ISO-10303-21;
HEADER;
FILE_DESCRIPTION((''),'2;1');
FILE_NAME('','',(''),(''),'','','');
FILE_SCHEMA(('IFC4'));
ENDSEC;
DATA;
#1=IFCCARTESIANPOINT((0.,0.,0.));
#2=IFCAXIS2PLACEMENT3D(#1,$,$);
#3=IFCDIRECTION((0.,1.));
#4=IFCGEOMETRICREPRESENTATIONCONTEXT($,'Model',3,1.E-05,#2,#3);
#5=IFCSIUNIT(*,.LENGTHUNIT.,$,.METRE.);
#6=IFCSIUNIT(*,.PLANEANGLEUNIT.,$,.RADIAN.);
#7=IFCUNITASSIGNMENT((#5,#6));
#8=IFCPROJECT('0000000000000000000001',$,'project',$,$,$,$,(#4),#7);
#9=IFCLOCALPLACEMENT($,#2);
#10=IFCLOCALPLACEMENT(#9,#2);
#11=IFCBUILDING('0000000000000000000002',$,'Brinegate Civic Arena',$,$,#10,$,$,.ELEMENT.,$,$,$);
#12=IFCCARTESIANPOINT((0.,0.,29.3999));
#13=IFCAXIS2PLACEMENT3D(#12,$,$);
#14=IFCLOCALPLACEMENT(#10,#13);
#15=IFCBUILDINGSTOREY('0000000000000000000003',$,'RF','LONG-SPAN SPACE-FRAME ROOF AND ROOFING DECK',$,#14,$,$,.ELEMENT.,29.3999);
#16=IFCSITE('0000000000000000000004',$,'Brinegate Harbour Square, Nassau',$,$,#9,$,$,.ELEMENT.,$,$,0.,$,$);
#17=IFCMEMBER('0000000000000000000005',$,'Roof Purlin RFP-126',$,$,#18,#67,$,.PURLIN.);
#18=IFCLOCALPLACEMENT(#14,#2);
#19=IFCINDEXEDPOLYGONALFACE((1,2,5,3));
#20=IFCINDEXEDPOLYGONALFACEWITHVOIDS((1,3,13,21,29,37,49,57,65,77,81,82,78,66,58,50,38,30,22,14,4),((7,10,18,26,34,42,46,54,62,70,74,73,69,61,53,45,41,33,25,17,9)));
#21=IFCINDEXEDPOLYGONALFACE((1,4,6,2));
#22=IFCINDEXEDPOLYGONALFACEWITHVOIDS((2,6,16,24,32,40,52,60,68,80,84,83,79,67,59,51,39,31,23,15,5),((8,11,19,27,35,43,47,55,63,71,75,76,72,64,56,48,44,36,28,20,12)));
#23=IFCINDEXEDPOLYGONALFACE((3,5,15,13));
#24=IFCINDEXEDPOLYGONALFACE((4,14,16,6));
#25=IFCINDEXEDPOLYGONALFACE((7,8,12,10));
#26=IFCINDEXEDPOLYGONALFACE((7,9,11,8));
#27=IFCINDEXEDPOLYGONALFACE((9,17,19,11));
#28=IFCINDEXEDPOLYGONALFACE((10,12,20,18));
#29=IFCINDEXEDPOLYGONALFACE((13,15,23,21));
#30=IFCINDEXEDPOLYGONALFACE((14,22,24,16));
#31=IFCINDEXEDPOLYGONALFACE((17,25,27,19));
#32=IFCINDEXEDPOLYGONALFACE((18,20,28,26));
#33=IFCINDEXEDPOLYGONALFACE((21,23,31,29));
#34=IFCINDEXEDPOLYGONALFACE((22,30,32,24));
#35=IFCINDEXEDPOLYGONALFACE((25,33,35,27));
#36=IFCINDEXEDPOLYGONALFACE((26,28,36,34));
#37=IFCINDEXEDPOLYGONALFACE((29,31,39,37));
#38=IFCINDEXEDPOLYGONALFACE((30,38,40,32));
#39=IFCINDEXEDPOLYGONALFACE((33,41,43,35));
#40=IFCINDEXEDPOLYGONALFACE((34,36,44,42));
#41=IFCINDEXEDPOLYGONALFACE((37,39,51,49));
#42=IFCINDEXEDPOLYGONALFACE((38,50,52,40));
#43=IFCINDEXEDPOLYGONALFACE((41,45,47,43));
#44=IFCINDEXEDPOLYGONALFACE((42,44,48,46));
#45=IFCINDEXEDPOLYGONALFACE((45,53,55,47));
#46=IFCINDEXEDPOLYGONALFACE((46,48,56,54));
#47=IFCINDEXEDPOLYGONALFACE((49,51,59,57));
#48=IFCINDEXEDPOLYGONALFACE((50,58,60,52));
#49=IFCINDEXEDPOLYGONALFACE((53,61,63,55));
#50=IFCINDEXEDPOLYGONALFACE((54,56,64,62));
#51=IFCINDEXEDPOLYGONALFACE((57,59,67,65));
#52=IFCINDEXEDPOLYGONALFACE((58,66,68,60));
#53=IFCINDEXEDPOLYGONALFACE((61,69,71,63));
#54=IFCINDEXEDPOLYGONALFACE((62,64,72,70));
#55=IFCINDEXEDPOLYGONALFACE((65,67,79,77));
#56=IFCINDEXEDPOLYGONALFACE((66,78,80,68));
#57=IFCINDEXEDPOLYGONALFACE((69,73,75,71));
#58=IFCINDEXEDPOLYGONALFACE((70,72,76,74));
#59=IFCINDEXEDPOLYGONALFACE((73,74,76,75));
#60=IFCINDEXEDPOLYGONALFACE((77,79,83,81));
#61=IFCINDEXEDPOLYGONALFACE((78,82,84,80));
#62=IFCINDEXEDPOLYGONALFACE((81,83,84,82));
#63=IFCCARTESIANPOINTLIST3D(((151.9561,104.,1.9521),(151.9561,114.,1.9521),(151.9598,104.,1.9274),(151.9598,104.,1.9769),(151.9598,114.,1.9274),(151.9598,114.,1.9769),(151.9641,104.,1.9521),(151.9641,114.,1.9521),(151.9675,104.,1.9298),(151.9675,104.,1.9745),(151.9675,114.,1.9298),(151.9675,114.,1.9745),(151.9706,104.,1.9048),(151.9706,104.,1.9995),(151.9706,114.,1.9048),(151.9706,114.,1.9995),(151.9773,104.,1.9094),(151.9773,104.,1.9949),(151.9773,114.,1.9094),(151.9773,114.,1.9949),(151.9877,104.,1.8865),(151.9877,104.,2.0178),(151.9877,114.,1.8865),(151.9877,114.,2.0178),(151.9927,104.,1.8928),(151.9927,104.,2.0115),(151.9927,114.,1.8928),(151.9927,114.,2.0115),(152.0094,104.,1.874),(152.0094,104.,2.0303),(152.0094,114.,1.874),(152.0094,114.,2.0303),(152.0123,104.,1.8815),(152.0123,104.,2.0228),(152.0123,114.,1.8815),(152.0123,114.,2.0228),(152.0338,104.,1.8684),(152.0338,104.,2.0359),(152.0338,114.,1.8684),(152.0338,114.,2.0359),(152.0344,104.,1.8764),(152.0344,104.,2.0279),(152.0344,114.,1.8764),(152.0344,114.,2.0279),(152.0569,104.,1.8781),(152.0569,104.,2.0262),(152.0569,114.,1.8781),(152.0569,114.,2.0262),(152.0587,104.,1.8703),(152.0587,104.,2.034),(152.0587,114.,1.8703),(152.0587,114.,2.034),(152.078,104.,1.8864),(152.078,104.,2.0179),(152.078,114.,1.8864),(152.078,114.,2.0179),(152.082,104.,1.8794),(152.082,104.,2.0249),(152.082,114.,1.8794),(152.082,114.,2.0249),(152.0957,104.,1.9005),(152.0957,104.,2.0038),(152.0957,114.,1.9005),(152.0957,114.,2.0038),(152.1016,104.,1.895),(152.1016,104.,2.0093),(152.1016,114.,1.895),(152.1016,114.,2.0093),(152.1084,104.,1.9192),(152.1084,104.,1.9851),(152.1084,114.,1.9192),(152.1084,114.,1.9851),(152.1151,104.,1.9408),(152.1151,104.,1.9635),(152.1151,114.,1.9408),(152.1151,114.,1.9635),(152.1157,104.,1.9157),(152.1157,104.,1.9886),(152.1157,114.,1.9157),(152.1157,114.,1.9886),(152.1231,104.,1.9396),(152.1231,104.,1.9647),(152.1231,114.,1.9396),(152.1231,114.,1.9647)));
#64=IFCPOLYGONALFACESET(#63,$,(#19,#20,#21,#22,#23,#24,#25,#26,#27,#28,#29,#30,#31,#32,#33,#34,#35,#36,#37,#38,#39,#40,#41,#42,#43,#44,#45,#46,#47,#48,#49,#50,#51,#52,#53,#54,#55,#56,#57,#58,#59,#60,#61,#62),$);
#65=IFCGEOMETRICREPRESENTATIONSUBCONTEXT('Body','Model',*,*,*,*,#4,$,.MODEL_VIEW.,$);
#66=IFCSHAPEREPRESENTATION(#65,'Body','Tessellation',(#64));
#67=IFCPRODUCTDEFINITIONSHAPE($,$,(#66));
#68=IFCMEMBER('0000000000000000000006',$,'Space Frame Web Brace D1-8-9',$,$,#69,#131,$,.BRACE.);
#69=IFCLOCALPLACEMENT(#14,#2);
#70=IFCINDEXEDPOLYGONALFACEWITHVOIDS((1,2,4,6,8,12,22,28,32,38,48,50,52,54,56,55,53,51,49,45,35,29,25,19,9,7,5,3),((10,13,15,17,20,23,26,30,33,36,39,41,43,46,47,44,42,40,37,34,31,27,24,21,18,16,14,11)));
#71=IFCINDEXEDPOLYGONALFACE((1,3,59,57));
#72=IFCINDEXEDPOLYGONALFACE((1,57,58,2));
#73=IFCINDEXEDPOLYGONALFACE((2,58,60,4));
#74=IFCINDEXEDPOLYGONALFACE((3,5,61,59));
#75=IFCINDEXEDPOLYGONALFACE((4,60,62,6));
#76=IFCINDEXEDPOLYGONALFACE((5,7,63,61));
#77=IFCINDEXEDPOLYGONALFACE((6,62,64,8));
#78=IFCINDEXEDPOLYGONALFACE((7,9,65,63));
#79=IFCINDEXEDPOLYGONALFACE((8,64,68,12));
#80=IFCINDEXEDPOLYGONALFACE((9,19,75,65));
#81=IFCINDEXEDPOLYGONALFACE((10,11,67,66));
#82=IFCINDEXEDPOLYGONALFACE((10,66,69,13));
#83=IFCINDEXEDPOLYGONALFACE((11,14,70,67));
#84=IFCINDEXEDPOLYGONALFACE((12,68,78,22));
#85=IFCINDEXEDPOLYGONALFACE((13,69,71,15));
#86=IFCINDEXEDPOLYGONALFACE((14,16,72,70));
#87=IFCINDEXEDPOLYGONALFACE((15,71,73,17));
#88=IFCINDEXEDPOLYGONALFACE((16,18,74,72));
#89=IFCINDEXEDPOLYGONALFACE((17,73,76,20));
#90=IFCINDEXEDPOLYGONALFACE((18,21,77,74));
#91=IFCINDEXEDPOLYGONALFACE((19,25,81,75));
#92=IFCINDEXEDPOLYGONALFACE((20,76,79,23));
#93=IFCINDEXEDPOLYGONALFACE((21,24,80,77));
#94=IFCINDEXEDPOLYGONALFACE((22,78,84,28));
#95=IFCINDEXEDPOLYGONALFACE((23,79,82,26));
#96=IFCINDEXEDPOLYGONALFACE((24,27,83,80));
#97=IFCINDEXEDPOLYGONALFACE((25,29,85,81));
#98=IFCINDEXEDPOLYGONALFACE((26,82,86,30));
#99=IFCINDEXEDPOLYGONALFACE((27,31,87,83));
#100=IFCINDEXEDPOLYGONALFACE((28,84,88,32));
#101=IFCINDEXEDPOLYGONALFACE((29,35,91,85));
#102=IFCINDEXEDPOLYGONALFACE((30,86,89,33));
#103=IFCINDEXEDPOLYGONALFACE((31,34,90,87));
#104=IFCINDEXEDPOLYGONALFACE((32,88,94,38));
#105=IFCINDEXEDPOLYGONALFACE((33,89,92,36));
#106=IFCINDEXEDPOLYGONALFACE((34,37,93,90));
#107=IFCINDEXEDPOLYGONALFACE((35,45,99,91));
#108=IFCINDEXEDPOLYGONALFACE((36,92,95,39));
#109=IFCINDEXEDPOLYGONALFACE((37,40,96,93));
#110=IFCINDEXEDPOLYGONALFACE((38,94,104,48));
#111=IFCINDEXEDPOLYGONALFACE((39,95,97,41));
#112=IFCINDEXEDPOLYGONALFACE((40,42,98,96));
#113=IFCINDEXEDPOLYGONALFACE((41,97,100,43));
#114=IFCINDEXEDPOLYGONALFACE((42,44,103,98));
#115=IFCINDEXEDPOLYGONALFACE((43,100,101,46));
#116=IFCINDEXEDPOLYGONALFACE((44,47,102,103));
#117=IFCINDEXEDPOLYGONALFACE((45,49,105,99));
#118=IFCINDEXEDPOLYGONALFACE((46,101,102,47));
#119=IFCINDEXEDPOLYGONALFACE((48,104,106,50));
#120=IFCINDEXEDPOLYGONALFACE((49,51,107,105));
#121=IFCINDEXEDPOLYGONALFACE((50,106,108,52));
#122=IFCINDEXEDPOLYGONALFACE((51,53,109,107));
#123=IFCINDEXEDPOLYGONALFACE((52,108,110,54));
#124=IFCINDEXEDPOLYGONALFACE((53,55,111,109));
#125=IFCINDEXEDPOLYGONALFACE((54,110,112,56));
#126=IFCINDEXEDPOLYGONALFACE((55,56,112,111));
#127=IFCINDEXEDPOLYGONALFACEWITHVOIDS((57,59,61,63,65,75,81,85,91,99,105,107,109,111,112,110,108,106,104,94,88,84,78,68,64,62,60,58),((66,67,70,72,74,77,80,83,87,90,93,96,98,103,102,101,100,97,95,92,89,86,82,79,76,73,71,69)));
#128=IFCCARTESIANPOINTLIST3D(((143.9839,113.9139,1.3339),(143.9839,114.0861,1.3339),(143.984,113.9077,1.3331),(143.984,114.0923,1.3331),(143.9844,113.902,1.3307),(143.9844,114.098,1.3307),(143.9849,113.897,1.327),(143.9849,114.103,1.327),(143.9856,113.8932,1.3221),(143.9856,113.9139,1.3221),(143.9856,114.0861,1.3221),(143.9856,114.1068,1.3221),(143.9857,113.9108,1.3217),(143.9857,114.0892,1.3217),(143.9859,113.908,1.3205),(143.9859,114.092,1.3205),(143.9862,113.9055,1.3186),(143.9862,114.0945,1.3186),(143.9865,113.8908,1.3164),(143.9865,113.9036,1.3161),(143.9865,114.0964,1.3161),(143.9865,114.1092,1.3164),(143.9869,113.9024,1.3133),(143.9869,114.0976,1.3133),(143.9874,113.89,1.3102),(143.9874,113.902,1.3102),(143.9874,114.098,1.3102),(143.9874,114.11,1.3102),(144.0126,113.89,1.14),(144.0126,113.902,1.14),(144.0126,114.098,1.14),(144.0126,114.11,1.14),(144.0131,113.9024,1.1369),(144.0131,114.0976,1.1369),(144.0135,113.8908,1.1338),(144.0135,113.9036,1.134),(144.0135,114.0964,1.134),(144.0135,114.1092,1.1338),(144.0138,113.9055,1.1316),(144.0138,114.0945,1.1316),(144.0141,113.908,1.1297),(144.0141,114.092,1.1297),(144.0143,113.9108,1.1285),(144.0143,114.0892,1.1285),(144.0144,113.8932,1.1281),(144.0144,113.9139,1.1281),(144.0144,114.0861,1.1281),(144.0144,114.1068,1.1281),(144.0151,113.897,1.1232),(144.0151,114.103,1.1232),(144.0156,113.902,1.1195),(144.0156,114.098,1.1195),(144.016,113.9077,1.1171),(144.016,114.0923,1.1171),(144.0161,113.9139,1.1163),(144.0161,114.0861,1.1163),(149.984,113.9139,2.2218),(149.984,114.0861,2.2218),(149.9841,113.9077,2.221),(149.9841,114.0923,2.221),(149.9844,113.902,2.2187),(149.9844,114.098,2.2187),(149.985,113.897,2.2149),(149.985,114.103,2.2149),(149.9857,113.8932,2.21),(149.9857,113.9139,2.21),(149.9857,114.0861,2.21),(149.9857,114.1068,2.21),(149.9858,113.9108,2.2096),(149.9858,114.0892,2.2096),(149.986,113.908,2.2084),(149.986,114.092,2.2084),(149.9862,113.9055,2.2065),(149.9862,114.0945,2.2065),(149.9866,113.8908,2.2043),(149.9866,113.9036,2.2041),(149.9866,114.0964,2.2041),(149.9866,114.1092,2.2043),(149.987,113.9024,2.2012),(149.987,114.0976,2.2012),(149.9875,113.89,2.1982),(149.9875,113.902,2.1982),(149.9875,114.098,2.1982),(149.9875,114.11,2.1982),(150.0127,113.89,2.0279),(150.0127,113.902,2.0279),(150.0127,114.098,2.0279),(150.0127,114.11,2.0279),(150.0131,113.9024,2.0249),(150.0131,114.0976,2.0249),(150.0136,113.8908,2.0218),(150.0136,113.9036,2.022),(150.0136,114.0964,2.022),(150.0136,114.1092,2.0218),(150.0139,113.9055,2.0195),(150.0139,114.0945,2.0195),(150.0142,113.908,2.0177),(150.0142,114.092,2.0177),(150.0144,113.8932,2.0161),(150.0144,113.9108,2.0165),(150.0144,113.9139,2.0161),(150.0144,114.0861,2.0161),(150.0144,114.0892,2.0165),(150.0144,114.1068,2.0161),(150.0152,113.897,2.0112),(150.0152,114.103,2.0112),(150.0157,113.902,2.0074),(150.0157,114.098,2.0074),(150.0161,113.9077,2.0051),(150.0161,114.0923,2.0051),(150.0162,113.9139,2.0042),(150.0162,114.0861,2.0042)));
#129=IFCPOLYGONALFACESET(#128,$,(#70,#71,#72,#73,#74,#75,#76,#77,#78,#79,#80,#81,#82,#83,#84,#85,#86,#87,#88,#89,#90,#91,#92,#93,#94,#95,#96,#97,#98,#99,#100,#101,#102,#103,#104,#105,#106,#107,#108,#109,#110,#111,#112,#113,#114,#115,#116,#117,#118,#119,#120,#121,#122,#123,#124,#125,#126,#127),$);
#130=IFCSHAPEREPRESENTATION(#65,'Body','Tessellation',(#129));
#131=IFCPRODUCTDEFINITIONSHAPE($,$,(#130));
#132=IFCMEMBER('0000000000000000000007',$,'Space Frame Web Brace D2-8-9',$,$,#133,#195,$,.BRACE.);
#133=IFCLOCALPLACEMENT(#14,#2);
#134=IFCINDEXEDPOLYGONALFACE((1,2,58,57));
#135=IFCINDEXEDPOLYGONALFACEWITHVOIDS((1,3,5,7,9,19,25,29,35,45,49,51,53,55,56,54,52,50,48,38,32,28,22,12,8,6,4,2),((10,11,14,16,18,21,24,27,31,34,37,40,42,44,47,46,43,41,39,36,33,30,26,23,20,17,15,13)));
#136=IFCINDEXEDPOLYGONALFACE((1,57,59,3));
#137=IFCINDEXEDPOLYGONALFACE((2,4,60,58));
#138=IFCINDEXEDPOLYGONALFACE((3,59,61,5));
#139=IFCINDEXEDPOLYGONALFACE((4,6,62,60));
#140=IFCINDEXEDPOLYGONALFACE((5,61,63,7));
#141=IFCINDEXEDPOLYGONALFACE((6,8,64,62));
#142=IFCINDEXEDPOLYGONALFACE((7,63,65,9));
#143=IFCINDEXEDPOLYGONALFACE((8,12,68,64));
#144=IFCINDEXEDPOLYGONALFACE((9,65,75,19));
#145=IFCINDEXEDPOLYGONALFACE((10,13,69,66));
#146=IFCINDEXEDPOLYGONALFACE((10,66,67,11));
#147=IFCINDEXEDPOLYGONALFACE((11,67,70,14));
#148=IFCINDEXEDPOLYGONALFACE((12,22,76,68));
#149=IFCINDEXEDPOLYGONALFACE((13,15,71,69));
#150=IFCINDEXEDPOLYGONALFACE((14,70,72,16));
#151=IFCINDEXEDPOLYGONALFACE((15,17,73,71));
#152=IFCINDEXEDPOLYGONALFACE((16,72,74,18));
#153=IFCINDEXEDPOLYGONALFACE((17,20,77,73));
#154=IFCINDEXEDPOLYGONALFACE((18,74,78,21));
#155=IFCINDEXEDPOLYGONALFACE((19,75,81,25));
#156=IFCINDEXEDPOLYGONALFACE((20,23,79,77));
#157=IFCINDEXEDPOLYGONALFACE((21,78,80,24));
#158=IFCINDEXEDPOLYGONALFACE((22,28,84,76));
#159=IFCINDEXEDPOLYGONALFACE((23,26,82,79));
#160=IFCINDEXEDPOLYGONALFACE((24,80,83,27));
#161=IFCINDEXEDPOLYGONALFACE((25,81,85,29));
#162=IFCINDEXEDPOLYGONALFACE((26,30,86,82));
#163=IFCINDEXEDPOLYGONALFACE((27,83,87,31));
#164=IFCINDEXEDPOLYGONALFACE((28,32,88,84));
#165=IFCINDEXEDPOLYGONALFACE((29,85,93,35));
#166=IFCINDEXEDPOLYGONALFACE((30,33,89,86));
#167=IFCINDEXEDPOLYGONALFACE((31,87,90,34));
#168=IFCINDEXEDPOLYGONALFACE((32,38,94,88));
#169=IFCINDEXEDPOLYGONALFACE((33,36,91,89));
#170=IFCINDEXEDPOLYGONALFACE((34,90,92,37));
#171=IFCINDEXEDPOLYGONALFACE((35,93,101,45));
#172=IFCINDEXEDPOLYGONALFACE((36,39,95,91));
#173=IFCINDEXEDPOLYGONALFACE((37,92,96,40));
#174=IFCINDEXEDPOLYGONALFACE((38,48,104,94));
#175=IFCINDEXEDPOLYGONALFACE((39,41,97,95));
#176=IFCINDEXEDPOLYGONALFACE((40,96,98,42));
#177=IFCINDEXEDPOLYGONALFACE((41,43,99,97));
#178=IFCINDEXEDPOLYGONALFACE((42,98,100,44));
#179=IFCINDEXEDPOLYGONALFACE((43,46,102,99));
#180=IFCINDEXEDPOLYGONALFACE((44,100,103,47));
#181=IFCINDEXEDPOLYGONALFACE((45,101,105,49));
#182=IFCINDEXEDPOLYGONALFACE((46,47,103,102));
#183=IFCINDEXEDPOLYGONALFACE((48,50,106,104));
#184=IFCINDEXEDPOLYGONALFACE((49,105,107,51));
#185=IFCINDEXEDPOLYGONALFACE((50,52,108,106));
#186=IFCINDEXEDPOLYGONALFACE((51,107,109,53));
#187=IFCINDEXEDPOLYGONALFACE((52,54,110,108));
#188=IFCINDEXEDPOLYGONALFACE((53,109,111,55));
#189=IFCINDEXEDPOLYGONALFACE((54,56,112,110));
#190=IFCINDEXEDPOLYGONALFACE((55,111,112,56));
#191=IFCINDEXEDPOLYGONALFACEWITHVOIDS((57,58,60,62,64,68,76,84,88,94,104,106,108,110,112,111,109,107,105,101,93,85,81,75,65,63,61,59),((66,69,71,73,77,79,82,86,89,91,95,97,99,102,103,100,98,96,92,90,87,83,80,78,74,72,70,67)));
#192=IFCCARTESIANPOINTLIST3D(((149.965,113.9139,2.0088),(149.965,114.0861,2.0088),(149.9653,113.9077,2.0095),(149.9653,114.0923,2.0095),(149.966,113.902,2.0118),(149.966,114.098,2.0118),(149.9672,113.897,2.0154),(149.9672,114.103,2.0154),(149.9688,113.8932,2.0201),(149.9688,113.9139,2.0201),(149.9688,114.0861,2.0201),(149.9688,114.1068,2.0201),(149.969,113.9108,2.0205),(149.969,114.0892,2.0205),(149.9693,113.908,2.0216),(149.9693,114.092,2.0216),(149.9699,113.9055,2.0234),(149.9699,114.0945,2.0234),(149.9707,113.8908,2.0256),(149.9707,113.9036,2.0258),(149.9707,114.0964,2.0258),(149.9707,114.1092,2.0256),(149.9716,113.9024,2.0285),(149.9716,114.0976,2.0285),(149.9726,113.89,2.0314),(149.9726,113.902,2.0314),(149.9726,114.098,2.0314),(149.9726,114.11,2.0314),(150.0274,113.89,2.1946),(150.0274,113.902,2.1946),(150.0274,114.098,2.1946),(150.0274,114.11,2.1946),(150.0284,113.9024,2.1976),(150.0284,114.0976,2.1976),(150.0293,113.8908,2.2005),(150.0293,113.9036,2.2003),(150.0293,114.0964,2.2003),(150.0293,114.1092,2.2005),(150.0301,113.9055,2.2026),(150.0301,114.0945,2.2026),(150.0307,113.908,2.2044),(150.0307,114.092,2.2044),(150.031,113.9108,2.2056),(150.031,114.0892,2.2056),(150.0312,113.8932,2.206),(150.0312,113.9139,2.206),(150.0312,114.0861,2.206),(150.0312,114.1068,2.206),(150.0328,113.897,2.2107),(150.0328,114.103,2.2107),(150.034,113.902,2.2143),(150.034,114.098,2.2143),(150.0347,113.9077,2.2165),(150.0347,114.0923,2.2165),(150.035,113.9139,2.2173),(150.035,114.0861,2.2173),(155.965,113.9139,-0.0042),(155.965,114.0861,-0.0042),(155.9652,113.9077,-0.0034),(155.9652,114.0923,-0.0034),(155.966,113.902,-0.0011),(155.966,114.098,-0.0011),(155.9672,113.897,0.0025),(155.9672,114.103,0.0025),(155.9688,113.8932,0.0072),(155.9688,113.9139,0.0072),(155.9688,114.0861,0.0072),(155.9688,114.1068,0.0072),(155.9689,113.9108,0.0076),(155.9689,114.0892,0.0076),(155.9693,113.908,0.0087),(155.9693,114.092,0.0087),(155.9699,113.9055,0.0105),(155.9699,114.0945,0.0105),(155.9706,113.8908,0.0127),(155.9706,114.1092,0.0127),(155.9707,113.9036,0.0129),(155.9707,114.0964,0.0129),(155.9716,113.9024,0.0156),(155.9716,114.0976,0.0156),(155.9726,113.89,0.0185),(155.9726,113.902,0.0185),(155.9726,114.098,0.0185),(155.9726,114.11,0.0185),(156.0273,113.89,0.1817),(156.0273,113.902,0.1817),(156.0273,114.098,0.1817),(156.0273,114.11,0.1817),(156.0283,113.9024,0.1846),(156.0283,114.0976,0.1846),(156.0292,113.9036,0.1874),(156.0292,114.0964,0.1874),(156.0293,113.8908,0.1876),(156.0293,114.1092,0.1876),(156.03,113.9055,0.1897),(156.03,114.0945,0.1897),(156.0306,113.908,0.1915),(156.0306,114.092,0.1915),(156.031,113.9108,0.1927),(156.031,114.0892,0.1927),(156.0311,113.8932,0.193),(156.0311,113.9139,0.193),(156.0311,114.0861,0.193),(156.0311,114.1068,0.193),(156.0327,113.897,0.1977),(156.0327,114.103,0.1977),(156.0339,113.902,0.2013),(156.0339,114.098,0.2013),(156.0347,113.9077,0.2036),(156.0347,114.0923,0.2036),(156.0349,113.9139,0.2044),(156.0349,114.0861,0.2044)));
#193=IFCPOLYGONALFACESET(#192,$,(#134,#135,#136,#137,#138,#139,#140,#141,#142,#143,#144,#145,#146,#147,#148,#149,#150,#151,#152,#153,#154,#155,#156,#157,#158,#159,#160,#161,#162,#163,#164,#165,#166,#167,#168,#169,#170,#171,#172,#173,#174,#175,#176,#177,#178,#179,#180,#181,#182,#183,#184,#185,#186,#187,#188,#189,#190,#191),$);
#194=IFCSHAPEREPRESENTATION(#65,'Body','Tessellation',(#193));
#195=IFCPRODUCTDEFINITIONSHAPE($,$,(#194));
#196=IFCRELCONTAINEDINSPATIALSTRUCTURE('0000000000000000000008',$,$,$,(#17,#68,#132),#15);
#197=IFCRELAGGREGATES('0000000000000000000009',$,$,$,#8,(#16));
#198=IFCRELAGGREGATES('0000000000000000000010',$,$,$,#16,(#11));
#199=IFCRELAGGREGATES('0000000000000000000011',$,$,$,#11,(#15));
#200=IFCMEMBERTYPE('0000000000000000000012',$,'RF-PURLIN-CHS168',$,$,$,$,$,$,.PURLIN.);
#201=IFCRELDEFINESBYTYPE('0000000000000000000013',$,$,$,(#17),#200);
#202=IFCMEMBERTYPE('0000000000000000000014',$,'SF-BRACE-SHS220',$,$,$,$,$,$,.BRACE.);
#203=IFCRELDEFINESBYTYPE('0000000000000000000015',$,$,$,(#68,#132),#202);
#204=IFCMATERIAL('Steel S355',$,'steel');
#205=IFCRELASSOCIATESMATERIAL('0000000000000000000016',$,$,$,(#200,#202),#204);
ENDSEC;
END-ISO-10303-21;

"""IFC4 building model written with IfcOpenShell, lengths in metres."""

from ifc_helpers import new_model, si_unit, direction, frame, origin, origin_2d, place, context, subcontext, project, spatial, hollow_rectangle, hollow_circle, extrude, material, material_profile, profile_set, type_object, element, save


model = new_model("IFC4")

# Units and contexts
model_context = context("Model", 3, precision=1e-05, world=origin(), true_north=direction((0.0, 1.0)))
body_context = subcontext(model_context, "Body", "Model", "MODEL_VIEW")
ifc_project = project(units=[si_unit("LENGTHUNIT", "METRE"), si_unit("PLANEANGLEUNIT", "RADIAN")], contexts=[model_context])

# Site, building, storey
site_placement = place(None, origin())
site = spatial("IfcSite", under=ifc_project, at=site_placement, Name="Brinegate Harbour Square, Nassau", CompositionType="ELEMENT", RefElevation=0.0)
building_placement = place(site_placement, origin())
building = spatial("IfcBuilding", under=site, at=building_placement, Name="Brinegate Civic Arena", CompositionType="ELEMENT")
storey_placement = place(building_placement, frame((0.0, 0.0, 29.3999)))
storey = spatial("IfcBuildingStorey", under=building, at=storey_placement, Name="RF", Description="LONG-SPAN SPACE-FRAME ROOF AND ROOFING DECK", CompositionType="ELEMENT", Elevation=29.3999)

# Shared definitions
ifc_material_1 = material(Name="Steel S355", Category="steel")

# Members
ifc_material_profile_1 = material_profile(ifc_material_1, hollow_circle(Radius=0.084, WallThickness=0.0081, at=origin_2d()), Name="CHS168X8")
ifc_profile_set_1 = profile_set([ifc_material_profile_1], Name="Steel S355")
member_type_1 = type_object("IfcMemberType", Name="RF-PURLIN-CHS168", PredefinedType="PURLIN", material=ifc_profile_set_1)
member_1_placement = place(storey_placement, frame((152.04, 104.0, 1.9521), z_axis=(0.0, 1.0, 0.0), x_axis=(-1.0, 0.0, 0.0)))
element("IfcMember", 1, at=member_1_placement, inside=storey, type_object=member_type_1, Name="Roof Purlin RFP-126", PredefinedType="PURLIN", context=body_context, shape_type="SweptSolid", body=[
    extrude(hollow_circle(Radius=0.084, WallThickness=0.0081, at=origin_2d()), origin(), (0.0, 0.0, 1.0), 10.0),
])
ifc_material_profile_2 = material_profile(ifc_material_1, hollow_rectangle(XDim=0.22, YDim=0.22, WallThickness=0.012, InnerFilletRadius=0.012, OuterFilletRadius=0.0239, at=origin_2d()), Name="SHS220X12")
ifc_profile_set_2 = profile_set([ifc_material_profile_2], Name="Steel S355")
member_type_2 = type_object("IfcMemberType", Name="SF-BRACE-SHS220", PredefinedType="BRACE", material=ifc_profile_set_2)
member_2_placement = place(storey_placement, frame((144.0, 114.0, 1.2251), z_axis=(0.989226, 0.0, 0.146395), x_axis=(0.0, 1.0, 0.0)))
element("IfcMember", 2, at=member_2_placement, inside=storey, type_object=member_type_2, Name="Space Frame Web Brace D1-8-9", PredefinedType="BRACE", context=body_context, shape_type="SweptSolid", body=[
    extrude(hollow_rectangle(XDim=0.22, YDim=0.22, WallThickness=0.012, InnerFilletRadius=0.012, OuterFilletRadius=0.0239, at=origin_2d()), origin(), (0.0, 0.0, 1.0), 6.0654),
])
member_3_placement = place(storey_placement, frame((150.0, 114.0, 2.113), z_axis=(0.948068, 0.0, -0.318067), x_axis=(0.0, 1.0, 0.0)))
element("IfcMember", 3, at=member_3_placement, inside=storey, type_object=member_type_2, Name="Space Frame Web Brace D2-8-9", PredefinedType="BRACE", context=body_context, shape_type="SweptSolid", body=[
    extrude(hollow_rectangle(XDim=0.22, YDim=0.22, WallThickness=0.012, InnerFilletRadius=0.012, OuterFilletRadius=0.0239, at=origin_2d()), origin(), (0.0, 0.0, 1.0), 6.3286),
])

save(model, "model.ifc")
